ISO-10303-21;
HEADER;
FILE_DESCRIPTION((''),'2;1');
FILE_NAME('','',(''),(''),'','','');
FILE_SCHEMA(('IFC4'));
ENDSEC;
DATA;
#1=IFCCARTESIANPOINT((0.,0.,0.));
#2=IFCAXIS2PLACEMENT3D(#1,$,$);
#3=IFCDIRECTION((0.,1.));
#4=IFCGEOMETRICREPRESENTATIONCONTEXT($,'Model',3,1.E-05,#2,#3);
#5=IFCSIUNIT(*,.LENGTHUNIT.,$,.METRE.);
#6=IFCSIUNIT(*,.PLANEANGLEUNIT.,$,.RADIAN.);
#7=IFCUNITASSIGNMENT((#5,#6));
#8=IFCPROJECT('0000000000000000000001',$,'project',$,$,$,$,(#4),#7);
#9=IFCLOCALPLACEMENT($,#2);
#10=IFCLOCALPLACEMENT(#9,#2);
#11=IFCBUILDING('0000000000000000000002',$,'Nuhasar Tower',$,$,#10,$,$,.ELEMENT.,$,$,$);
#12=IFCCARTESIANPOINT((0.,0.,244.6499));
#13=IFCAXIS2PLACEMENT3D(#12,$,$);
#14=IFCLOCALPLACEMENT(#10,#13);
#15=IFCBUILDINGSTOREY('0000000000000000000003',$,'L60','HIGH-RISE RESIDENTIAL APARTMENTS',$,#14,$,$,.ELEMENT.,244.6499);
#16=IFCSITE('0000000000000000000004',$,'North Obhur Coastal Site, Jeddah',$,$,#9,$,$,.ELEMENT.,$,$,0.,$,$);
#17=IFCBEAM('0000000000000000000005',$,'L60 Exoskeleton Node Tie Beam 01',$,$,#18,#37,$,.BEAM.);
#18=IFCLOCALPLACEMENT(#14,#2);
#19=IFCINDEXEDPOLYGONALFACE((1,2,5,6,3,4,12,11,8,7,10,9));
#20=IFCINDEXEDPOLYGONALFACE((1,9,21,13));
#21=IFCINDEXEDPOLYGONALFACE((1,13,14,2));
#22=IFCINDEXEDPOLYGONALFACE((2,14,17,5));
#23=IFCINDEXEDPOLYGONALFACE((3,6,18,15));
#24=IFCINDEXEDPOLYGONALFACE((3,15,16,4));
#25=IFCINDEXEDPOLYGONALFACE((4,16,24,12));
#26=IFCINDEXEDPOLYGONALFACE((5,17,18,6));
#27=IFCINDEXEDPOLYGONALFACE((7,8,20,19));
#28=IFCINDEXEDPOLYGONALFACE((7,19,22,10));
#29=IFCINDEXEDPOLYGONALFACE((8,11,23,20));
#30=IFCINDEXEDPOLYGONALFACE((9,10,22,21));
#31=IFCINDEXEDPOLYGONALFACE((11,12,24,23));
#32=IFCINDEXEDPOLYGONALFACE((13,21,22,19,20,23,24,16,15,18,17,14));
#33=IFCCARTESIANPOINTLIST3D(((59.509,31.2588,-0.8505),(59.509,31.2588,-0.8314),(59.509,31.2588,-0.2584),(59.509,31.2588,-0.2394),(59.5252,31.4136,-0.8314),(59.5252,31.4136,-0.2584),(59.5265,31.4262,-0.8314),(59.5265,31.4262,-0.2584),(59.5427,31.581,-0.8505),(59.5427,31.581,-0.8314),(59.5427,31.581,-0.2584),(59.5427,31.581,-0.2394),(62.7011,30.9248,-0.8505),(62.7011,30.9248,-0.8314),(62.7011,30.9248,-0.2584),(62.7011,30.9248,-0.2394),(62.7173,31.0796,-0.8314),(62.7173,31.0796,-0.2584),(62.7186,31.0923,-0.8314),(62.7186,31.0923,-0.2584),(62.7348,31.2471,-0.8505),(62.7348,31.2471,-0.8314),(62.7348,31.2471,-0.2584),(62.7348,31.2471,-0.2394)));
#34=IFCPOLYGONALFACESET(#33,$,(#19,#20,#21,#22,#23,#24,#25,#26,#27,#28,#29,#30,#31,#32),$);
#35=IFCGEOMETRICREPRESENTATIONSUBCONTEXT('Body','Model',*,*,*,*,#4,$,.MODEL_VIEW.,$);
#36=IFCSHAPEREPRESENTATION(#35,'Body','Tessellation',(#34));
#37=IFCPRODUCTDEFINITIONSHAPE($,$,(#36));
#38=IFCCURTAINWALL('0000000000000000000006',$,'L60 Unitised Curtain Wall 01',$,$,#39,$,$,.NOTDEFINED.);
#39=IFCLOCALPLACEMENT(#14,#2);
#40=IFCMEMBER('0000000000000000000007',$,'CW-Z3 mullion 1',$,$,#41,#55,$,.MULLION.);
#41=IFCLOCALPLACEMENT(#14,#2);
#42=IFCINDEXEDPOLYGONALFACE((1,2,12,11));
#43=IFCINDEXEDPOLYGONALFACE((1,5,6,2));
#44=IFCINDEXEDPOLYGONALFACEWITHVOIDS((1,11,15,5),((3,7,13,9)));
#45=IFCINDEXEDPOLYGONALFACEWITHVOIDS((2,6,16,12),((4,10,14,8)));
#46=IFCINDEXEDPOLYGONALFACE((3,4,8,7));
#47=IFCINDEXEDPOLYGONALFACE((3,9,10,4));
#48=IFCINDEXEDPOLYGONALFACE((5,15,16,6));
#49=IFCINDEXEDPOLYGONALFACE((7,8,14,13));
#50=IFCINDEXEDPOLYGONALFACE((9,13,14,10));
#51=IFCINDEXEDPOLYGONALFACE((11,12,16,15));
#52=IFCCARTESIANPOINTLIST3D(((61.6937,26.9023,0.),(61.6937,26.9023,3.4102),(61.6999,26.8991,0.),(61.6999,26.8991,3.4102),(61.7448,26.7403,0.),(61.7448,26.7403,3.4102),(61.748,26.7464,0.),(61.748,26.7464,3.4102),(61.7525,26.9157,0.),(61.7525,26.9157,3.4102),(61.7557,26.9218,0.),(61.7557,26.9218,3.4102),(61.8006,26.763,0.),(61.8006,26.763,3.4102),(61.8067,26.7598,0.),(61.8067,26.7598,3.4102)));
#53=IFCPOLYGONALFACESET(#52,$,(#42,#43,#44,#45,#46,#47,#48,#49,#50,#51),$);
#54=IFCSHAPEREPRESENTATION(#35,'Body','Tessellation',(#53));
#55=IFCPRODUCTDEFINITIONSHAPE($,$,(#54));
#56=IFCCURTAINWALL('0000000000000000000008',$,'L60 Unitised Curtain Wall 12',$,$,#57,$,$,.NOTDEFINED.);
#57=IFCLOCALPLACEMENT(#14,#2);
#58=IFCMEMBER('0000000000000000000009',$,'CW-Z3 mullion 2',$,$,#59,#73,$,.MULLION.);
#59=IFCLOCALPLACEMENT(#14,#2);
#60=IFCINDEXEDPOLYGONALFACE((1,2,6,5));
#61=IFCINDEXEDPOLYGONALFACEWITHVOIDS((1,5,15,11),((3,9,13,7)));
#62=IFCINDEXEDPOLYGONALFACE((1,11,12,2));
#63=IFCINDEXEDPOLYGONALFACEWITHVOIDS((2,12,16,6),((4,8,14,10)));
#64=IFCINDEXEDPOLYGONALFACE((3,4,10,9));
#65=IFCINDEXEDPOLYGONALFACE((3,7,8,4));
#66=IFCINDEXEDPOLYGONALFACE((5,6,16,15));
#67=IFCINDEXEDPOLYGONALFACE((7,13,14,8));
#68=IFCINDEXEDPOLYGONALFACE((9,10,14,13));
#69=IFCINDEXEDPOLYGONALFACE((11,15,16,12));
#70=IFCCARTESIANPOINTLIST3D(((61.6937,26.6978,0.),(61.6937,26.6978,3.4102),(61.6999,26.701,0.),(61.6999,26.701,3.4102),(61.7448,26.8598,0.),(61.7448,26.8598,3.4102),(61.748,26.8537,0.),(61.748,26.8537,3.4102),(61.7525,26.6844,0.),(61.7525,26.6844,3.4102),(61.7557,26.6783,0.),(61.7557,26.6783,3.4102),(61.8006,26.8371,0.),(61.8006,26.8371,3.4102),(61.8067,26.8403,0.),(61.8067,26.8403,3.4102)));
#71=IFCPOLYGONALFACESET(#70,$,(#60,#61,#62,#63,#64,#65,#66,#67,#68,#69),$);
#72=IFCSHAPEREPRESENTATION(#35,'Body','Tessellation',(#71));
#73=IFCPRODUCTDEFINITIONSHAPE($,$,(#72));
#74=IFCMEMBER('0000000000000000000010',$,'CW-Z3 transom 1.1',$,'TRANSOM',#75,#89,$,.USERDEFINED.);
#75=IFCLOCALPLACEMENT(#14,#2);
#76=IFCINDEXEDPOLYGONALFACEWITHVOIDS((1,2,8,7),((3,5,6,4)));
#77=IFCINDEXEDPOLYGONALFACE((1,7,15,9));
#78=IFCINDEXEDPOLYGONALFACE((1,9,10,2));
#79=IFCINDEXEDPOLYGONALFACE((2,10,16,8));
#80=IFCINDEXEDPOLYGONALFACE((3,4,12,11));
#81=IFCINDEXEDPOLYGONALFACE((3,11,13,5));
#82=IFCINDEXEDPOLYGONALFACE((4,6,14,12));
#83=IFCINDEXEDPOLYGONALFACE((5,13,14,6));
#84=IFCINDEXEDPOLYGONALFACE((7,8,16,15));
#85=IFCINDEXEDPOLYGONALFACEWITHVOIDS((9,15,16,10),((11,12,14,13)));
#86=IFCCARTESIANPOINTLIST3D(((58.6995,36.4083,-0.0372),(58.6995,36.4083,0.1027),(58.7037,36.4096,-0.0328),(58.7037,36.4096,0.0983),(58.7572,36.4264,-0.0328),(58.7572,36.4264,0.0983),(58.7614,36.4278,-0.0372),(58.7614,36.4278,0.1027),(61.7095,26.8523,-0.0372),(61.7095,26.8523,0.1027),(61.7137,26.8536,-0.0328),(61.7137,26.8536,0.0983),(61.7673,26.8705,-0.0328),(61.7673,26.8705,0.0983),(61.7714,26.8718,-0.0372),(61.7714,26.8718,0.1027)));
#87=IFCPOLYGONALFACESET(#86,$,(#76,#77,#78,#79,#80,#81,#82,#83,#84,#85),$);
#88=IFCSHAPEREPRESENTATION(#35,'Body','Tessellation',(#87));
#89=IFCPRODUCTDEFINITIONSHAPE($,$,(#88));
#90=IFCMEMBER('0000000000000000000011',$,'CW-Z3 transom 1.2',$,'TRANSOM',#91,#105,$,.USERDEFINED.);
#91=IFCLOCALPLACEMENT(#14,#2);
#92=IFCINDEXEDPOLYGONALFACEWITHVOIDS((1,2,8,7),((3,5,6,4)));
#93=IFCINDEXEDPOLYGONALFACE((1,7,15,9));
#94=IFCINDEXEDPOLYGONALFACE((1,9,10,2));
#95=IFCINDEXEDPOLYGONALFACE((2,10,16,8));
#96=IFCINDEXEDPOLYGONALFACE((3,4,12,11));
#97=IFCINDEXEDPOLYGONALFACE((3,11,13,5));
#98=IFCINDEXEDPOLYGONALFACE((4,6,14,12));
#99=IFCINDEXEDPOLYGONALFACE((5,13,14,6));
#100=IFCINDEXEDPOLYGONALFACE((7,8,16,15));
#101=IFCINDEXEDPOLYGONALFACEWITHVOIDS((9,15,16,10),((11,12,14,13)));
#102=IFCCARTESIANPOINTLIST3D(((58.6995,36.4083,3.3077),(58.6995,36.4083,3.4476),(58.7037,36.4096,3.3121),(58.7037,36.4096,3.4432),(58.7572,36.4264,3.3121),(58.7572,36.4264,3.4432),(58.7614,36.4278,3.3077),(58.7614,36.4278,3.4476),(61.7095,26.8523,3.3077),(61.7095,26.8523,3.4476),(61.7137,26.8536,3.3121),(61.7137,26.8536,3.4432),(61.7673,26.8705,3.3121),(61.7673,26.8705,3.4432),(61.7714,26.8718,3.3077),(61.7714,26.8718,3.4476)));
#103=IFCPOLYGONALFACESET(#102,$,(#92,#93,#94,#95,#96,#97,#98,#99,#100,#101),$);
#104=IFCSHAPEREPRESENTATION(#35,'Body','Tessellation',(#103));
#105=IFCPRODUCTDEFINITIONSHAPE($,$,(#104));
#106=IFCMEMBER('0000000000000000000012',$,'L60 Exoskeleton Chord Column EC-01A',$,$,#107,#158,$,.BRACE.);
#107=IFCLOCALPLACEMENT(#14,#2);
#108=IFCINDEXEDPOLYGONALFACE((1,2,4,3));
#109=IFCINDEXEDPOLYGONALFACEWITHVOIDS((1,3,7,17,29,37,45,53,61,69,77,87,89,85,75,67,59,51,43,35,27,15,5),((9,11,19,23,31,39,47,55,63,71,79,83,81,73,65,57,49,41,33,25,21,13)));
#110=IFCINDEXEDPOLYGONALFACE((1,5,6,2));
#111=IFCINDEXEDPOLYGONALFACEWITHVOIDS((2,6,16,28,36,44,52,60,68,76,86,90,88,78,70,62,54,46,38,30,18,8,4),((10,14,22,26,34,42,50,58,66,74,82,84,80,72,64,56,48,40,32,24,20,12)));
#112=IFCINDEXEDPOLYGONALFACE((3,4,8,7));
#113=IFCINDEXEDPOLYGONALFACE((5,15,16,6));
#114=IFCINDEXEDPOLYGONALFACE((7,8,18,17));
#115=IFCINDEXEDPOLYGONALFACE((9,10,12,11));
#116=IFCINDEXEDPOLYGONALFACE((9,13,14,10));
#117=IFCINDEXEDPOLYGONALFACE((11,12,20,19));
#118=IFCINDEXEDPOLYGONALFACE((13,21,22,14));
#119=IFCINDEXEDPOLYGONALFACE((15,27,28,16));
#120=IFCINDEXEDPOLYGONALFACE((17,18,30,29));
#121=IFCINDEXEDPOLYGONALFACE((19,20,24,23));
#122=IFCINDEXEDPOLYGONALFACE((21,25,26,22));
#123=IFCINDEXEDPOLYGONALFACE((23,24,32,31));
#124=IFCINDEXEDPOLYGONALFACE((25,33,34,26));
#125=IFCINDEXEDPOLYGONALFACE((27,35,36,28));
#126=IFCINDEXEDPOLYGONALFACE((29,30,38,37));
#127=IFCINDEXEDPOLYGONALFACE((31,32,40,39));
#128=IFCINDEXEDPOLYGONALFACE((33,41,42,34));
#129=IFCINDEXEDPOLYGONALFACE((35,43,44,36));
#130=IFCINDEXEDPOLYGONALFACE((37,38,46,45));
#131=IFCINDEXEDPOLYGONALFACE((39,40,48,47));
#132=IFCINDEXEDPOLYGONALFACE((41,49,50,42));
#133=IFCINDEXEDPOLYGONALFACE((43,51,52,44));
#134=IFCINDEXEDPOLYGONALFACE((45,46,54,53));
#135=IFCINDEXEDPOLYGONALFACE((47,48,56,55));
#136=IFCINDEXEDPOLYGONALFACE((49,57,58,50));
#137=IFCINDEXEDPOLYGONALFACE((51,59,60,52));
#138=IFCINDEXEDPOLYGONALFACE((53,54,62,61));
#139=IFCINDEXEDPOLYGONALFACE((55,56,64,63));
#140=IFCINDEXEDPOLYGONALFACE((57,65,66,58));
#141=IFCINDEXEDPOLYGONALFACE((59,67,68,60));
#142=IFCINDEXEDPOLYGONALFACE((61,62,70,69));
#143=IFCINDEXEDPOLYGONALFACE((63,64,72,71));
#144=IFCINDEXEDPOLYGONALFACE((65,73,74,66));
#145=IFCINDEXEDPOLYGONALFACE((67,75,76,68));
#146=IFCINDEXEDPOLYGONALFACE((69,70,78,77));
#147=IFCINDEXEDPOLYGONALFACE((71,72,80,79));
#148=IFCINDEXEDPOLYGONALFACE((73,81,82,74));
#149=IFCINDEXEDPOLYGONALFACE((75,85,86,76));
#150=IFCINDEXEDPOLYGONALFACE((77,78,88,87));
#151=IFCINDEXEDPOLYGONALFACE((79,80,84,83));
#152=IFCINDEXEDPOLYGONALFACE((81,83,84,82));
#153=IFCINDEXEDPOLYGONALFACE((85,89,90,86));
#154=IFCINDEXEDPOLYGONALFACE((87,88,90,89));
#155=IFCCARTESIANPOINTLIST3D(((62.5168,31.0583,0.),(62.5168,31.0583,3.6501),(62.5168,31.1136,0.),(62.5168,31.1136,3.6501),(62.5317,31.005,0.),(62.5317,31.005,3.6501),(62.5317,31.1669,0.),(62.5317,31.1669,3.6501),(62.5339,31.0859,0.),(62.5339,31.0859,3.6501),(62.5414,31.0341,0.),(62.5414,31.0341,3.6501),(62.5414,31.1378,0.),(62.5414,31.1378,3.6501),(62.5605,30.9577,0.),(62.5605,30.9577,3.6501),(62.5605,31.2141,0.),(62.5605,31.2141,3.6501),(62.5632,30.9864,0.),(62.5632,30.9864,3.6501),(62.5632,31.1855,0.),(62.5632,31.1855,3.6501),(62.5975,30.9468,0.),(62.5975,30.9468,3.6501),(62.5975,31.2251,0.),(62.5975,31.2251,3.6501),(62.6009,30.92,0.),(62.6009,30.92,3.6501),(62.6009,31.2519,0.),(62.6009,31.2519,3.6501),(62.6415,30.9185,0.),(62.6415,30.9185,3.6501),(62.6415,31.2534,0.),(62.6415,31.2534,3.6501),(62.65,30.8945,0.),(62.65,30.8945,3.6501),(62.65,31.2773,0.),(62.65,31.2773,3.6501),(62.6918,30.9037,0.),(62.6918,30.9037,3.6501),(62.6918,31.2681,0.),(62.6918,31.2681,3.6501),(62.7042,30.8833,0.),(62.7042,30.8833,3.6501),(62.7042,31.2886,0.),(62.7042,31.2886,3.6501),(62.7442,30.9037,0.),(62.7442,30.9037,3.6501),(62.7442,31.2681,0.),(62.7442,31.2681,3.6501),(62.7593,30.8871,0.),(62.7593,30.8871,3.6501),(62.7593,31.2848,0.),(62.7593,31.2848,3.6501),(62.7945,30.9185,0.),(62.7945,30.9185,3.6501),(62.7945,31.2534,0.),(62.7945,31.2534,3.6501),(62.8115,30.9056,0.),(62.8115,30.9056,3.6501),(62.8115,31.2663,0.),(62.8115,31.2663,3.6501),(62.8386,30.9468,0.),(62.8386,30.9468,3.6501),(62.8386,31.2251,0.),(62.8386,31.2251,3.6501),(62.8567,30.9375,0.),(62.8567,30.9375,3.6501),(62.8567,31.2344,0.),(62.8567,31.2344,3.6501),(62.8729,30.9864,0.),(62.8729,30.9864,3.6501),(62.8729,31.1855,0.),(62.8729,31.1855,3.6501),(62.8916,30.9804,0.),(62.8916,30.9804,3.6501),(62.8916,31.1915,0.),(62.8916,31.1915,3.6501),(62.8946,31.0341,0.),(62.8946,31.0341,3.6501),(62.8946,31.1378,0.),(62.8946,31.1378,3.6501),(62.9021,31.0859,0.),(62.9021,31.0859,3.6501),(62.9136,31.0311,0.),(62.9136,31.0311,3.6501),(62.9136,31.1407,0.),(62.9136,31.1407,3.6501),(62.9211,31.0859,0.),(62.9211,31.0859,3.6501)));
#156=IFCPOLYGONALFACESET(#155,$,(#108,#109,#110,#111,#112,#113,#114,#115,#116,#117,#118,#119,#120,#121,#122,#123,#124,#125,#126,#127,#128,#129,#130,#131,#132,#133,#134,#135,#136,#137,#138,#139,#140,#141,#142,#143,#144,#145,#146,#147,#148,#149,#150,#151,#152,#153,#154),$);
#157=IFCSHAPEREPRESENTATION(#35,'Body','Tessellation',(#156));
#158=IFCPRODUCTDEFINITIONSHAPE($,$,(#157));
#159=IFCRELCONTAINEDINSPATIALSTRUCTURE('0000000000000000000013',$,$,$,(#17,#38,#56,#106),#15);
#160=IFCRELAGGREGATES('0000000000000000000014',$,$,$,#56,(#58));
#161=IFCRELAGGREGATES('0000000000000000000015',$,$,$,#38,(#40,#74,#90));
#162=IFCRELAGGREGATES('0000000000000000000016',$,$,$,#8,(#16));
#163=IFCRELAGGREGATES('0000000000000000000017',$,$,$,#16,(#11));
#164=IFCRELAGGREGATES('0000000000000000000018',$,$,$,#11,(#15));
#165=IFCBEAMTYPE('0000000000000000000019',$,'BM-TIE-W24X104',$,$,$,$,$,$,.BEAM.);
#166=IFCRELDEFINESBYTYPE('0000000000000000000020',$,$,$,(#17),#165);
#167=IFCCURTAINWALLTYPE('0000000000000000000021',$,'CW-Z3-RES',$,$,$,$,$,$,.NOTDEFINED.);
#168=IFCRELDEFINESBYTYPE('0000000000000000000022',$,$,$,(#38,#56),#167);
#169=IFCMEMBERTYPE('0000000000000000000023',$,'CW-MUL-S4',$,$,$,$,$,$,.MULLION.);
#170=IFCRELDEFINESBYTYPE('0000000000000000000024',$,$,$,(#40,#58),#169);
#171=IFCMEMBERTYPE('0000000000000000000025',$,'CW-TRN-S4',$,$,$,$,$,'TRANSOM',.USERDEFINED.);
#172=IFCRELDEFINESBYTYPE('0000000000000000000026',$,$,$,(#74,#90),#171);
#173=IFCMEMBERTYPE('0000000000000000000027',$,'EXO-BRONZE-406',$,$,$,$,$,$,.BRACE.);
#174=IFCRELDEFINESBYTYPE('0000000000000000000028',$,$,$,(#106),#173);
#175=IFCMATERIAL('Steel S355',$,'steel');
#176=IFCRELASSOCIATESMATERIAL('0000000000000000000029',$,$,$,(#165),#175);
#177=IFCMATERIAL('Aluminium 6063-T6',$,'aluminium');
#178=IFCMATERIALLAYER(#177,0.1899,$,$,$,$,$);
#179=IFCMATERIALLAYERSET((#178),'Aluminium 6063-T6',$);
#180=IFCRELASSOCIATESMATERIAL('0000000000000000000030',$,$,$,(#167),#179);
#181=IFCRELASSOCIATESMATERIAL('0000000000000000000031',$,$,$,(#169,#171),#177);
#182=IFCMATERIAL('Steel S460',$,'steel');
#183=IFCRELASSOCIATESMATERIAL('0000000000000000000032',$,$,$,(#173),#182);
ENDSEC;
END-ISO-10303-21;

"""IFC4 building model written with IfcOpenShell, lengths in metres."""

from ifc_helpers import new_model, si_unit, direction, frame, origin, origin_2d, place, context, subcontext, project, spatial, hollow_rectangle, hollow_circle, i_section, extrude, material, layer, layer_set, material_profile, profile_set, type_object, element, aggregate, save


model = new_model("IFC4")

# Units and contexts
model_context = context("Model", 3, precision=1e-05, world=origin(), true_north=direction((0.0, 1.0)))
body_context = subcontext(model_context, "Body", "Model", "MODEL_VIEW")
ifc_project = project(units=[si_unit("LENGTHUNIT", "METRE"), si_unit("PLANEANGLEUNIT", "RADIAN")], contexts=[model_context])

# Site, building, storey
site_placement = place(None, origin())
site = spatial("IfcSite", under=ifc_project, at=site_placement, Name="North Obhur Coastal Site, Jeddah", CompositionType="ELEMENT", RefElevation=0.0)
building_placement = place(site_placement, origin())
building = spatial("IfcBuilding", under=site, at=building_placement, Name="Nuhasar Tower", CompositionType="ELEMENT")
storey_placement = place(building_placement, frame((0.0, 0.0, 244.6499)))
storey = spatial("IfcBuildingStorey", under=building, at=storey_placement, Name="L60", Description="HIGH-RISE RESIDENTIAL APARTMENTS", CompositionType="ELEMENT", Elevation=244.6499)

# Beam
ifc_material_1 = material(Name="Steel S355", Category="steel")
ifc_material_profile_1 = material_profile(ifc_material_1, i_section(OverallWidth=0.324, OverallDepth=0.6111, WebThickness=0.0127, FlangeThickness=0.019, at=origin_2d()), Name="W24X104")
ifc_profile_set_1 = profile_set([ifc_material_profile_1], Name="Steel S355")
beam_type_1 = type_object("IfcBeamType", Name="BM-TIE-W24X104", PredefinedType="BEAM", material=ifc_profile_set_1)
beam_1_placement = place(storey_placement, frame((59.5259, 31.4199, -0.5449), z_axis=(0.994571, -0.104059, 0.0), x_axis=(0.104059, 0.994571, 0.0)))
element("IfcBeam", 1, at=beam_1_placement, inside=storey, type_object=beam_type_1, Name="L60 Exoskeleton Node Tie Beam 01", PredefinedType="BEAM", context=body_context, shape_type="SweptSolid", body=[
    extrude(i_section(OverallWidth=0.324, OverallDepth=0.6111, WebThickness=0.0127, FlangeThickness=0.019, at=origin_2d()), origin(), (0.0, 0.0, 1.0), 3.2095),
])

# Curtain walls, members
ifc_material_2 = material(Name="Aluminium 6063-T6", Category="aluminium")
ifc_layer_1 = layer(ifc_material_2, 0.1899)
ifc_layer_set_1 = layer_set([ifc_layer_1], Name="Aluminium 6063-T6")
curtain_wall_type = type_object("IfcCurtainWallType", Name="CW-Z3-RES", PredefinedType="NOTDEFINED", material=ifc_layer_set_1)
curtain_wall_1_placement = place(storey_placement, origin())
curtain_wall_1 = element("IfcCurtainWall", 2, at=curtain_wall_1_placement, inside=storey, type_object=curtain_wall_type, Name="L60 Unitised Curtain Wall 01", PredefinedType="NOTDEFINED")
ifc_material_profile_2 = material_profile(ifc_material_2, hollow_rectangle(XDim=0.0649, YDim=0.1699, WallThickness=0.0049, at=origin_2d()), Name="CWM-4")
ifc_profile_set_2 = profile_set([ifc_material_profile_2], Name="Aluminium 6063-T6")
member_type_1 = type_object("IfcMemberType", Name="CW-MUL-S4", PredefinedType="MULLION", material=ifc_profile_set_2)
member_1_placement = place(storey_placement, frame((61.7502, 26.8311, 0.0), z_axis=(0.0, 0.0, 1.0), x_axis=(-0.953804, -0.300429, 0.0)))
member_1 = element("IfcMember", 3, at=member_1_placement, type_object=member_type_1, Name="CW-Z3 mullion 1", PredefinedType="MULLION", context=body_context, shape_type="SweptSolid", body=[
    extrude(hollow_rectangle(XDim=0.0649, YDim=0.1699, WallThickness=0.0049, at=origin_2d()), origin(), (0.0, 0.0, 1.0), 3.4102),
])
curtain_wall_2_placement = place(storey_placement, origin())
curtain_wall_2 = element("IfcCurtainWall", 4, at=curtain_wall_2_placement, inside=storey, type_object=curtain_wall_type, Name="L60 Unitised Curtain Wall 12", PredefinedType="NOTDEFINED")
member_2_placement = place(storey_placement, frame((61.7502, 26.769, 0.0), z_axis=(0.0, 0.0, 1.0), x_axis=(-0.953804, 0.300429, 0.0)))
member_2 = element("IfcMember", 5, at=member_2_placement, type_object=member_type_1, Name="CW-Z3 mullion 2", PredefinedType="MULLION", context=body_context, shape_type="SweptSolid", body=[
    extrude(hollow_rectangle(XDim=0.0649, YDim=0.1699, WallThickness=0.0049, at=origin_2d()), origin(), (0.0, 0.0, 1.0), 3.4102),
])
aggregate(curtain_wall_2, [member_2])

# Members
ifc_material_profile_3 = material_profile(ifc_material_2, hollow_rectangle(XDim=0.0649, YDim=0.1399, WallThickness=0.0044, at=origin_2d()), Name="CWT-4")
ifc_profile_set_3 = profile_set([ifc_material_profile_3], Name="Aluminium 6063-T6")
member_type_2 = type_object("IfcMemberType", Name="CW-TRN-S4", ElementType="TRANSOM", PredefinedType="USERDEFINED", material=ifc_profile_set_3)
member_3_placement = place(storey_placement, frame((61.7405, 26.8621, 0.0327), z_axis=(-0.300437, 0.953802, 0.0), x_axis=(-0.953802, -0.300437, 0.0)))
member_3 = element("IfcMember", 6, at=member_3_placement, type_object=member_type_2, Name="CW-Z3 transom 1.1", ObjectType="TRANSOM", PredefinedType="USERDEFINED", context=body_context, shape_type="SweptSolid", body=[
    extrude(hollow_rectangle(XDim=0.0649, YDim=0.1399, WallThickness=0.0044, at=origin_2d()), origin(), (0.0, 0.0, 1.0), 10.0188),
])
member_4_placement = place(storey_placement, frame((61.7405, 26.8621, 3.3777), z_axis=(-0.300437, 0.953802, 0.0), x_axis=(-0.953802, -0.300437, 0.0)))
member_4 = element("IfcMember", 7, at=member_4_placement, type_object=member_type_2, Name="CW-Z3 transom 1.2", ObjectType="TRANSOM", PredefinedType="USERDEFINED", context=body_context, shape_type="SweptSolid", body=[
    extrude(hollow_rectangle(XDim=0.0649, YDim=0.1399, WallThickness=0.0044, at=origin_2d()), origin(), (0.0, 0.0, 1.0), 10.0188),
])

# Member
ifc_material_3 = material(Name="Steel S460", Category="steel")
ifc_material_profile_4 = material_profile(ifc_material_3, hollow_circle(Radius=0.2031, WallThickness=0.019, at=origin_2d()), Name="HSS406.4X19.1")
ifc_profile_set_4 = profile_set([ifc_material_profile_4], Name="Steel S460")
member_type_3 = type_object("IfcMemberType", Name="EXO-BRONZE-406", PredefinedType="BRACE", material=ifc_profile_set_4)
for number, where, z_axis, x_axis, name in (
    (8, (62.718, 31.0859, 0.0), (0.0, 0.0, 1.0), (1.0, 0.0, 0.0), "L60 Exoskeleton Chord Column EC-01A"),
):
    element("IfcMember", number, at=place(storey_placement, frame(where, z_axis=z_axis, x_axis=x_axis)), inside=storey, type_object=member_type_3, Name=name, PredefinedType="BRACE", context=body_context, shape_type="SweptSolid", body=[
        extrude(hollow_circle(Radius=0.2031, WallThickness=0.019, at=origin_2d()), origin(), (0.0, 0.0, 1.0), 3.6501),
    ])

aggregate(curtain_wall_1, [member_1, member_3, member_4])

save(model, "model.ifc")
